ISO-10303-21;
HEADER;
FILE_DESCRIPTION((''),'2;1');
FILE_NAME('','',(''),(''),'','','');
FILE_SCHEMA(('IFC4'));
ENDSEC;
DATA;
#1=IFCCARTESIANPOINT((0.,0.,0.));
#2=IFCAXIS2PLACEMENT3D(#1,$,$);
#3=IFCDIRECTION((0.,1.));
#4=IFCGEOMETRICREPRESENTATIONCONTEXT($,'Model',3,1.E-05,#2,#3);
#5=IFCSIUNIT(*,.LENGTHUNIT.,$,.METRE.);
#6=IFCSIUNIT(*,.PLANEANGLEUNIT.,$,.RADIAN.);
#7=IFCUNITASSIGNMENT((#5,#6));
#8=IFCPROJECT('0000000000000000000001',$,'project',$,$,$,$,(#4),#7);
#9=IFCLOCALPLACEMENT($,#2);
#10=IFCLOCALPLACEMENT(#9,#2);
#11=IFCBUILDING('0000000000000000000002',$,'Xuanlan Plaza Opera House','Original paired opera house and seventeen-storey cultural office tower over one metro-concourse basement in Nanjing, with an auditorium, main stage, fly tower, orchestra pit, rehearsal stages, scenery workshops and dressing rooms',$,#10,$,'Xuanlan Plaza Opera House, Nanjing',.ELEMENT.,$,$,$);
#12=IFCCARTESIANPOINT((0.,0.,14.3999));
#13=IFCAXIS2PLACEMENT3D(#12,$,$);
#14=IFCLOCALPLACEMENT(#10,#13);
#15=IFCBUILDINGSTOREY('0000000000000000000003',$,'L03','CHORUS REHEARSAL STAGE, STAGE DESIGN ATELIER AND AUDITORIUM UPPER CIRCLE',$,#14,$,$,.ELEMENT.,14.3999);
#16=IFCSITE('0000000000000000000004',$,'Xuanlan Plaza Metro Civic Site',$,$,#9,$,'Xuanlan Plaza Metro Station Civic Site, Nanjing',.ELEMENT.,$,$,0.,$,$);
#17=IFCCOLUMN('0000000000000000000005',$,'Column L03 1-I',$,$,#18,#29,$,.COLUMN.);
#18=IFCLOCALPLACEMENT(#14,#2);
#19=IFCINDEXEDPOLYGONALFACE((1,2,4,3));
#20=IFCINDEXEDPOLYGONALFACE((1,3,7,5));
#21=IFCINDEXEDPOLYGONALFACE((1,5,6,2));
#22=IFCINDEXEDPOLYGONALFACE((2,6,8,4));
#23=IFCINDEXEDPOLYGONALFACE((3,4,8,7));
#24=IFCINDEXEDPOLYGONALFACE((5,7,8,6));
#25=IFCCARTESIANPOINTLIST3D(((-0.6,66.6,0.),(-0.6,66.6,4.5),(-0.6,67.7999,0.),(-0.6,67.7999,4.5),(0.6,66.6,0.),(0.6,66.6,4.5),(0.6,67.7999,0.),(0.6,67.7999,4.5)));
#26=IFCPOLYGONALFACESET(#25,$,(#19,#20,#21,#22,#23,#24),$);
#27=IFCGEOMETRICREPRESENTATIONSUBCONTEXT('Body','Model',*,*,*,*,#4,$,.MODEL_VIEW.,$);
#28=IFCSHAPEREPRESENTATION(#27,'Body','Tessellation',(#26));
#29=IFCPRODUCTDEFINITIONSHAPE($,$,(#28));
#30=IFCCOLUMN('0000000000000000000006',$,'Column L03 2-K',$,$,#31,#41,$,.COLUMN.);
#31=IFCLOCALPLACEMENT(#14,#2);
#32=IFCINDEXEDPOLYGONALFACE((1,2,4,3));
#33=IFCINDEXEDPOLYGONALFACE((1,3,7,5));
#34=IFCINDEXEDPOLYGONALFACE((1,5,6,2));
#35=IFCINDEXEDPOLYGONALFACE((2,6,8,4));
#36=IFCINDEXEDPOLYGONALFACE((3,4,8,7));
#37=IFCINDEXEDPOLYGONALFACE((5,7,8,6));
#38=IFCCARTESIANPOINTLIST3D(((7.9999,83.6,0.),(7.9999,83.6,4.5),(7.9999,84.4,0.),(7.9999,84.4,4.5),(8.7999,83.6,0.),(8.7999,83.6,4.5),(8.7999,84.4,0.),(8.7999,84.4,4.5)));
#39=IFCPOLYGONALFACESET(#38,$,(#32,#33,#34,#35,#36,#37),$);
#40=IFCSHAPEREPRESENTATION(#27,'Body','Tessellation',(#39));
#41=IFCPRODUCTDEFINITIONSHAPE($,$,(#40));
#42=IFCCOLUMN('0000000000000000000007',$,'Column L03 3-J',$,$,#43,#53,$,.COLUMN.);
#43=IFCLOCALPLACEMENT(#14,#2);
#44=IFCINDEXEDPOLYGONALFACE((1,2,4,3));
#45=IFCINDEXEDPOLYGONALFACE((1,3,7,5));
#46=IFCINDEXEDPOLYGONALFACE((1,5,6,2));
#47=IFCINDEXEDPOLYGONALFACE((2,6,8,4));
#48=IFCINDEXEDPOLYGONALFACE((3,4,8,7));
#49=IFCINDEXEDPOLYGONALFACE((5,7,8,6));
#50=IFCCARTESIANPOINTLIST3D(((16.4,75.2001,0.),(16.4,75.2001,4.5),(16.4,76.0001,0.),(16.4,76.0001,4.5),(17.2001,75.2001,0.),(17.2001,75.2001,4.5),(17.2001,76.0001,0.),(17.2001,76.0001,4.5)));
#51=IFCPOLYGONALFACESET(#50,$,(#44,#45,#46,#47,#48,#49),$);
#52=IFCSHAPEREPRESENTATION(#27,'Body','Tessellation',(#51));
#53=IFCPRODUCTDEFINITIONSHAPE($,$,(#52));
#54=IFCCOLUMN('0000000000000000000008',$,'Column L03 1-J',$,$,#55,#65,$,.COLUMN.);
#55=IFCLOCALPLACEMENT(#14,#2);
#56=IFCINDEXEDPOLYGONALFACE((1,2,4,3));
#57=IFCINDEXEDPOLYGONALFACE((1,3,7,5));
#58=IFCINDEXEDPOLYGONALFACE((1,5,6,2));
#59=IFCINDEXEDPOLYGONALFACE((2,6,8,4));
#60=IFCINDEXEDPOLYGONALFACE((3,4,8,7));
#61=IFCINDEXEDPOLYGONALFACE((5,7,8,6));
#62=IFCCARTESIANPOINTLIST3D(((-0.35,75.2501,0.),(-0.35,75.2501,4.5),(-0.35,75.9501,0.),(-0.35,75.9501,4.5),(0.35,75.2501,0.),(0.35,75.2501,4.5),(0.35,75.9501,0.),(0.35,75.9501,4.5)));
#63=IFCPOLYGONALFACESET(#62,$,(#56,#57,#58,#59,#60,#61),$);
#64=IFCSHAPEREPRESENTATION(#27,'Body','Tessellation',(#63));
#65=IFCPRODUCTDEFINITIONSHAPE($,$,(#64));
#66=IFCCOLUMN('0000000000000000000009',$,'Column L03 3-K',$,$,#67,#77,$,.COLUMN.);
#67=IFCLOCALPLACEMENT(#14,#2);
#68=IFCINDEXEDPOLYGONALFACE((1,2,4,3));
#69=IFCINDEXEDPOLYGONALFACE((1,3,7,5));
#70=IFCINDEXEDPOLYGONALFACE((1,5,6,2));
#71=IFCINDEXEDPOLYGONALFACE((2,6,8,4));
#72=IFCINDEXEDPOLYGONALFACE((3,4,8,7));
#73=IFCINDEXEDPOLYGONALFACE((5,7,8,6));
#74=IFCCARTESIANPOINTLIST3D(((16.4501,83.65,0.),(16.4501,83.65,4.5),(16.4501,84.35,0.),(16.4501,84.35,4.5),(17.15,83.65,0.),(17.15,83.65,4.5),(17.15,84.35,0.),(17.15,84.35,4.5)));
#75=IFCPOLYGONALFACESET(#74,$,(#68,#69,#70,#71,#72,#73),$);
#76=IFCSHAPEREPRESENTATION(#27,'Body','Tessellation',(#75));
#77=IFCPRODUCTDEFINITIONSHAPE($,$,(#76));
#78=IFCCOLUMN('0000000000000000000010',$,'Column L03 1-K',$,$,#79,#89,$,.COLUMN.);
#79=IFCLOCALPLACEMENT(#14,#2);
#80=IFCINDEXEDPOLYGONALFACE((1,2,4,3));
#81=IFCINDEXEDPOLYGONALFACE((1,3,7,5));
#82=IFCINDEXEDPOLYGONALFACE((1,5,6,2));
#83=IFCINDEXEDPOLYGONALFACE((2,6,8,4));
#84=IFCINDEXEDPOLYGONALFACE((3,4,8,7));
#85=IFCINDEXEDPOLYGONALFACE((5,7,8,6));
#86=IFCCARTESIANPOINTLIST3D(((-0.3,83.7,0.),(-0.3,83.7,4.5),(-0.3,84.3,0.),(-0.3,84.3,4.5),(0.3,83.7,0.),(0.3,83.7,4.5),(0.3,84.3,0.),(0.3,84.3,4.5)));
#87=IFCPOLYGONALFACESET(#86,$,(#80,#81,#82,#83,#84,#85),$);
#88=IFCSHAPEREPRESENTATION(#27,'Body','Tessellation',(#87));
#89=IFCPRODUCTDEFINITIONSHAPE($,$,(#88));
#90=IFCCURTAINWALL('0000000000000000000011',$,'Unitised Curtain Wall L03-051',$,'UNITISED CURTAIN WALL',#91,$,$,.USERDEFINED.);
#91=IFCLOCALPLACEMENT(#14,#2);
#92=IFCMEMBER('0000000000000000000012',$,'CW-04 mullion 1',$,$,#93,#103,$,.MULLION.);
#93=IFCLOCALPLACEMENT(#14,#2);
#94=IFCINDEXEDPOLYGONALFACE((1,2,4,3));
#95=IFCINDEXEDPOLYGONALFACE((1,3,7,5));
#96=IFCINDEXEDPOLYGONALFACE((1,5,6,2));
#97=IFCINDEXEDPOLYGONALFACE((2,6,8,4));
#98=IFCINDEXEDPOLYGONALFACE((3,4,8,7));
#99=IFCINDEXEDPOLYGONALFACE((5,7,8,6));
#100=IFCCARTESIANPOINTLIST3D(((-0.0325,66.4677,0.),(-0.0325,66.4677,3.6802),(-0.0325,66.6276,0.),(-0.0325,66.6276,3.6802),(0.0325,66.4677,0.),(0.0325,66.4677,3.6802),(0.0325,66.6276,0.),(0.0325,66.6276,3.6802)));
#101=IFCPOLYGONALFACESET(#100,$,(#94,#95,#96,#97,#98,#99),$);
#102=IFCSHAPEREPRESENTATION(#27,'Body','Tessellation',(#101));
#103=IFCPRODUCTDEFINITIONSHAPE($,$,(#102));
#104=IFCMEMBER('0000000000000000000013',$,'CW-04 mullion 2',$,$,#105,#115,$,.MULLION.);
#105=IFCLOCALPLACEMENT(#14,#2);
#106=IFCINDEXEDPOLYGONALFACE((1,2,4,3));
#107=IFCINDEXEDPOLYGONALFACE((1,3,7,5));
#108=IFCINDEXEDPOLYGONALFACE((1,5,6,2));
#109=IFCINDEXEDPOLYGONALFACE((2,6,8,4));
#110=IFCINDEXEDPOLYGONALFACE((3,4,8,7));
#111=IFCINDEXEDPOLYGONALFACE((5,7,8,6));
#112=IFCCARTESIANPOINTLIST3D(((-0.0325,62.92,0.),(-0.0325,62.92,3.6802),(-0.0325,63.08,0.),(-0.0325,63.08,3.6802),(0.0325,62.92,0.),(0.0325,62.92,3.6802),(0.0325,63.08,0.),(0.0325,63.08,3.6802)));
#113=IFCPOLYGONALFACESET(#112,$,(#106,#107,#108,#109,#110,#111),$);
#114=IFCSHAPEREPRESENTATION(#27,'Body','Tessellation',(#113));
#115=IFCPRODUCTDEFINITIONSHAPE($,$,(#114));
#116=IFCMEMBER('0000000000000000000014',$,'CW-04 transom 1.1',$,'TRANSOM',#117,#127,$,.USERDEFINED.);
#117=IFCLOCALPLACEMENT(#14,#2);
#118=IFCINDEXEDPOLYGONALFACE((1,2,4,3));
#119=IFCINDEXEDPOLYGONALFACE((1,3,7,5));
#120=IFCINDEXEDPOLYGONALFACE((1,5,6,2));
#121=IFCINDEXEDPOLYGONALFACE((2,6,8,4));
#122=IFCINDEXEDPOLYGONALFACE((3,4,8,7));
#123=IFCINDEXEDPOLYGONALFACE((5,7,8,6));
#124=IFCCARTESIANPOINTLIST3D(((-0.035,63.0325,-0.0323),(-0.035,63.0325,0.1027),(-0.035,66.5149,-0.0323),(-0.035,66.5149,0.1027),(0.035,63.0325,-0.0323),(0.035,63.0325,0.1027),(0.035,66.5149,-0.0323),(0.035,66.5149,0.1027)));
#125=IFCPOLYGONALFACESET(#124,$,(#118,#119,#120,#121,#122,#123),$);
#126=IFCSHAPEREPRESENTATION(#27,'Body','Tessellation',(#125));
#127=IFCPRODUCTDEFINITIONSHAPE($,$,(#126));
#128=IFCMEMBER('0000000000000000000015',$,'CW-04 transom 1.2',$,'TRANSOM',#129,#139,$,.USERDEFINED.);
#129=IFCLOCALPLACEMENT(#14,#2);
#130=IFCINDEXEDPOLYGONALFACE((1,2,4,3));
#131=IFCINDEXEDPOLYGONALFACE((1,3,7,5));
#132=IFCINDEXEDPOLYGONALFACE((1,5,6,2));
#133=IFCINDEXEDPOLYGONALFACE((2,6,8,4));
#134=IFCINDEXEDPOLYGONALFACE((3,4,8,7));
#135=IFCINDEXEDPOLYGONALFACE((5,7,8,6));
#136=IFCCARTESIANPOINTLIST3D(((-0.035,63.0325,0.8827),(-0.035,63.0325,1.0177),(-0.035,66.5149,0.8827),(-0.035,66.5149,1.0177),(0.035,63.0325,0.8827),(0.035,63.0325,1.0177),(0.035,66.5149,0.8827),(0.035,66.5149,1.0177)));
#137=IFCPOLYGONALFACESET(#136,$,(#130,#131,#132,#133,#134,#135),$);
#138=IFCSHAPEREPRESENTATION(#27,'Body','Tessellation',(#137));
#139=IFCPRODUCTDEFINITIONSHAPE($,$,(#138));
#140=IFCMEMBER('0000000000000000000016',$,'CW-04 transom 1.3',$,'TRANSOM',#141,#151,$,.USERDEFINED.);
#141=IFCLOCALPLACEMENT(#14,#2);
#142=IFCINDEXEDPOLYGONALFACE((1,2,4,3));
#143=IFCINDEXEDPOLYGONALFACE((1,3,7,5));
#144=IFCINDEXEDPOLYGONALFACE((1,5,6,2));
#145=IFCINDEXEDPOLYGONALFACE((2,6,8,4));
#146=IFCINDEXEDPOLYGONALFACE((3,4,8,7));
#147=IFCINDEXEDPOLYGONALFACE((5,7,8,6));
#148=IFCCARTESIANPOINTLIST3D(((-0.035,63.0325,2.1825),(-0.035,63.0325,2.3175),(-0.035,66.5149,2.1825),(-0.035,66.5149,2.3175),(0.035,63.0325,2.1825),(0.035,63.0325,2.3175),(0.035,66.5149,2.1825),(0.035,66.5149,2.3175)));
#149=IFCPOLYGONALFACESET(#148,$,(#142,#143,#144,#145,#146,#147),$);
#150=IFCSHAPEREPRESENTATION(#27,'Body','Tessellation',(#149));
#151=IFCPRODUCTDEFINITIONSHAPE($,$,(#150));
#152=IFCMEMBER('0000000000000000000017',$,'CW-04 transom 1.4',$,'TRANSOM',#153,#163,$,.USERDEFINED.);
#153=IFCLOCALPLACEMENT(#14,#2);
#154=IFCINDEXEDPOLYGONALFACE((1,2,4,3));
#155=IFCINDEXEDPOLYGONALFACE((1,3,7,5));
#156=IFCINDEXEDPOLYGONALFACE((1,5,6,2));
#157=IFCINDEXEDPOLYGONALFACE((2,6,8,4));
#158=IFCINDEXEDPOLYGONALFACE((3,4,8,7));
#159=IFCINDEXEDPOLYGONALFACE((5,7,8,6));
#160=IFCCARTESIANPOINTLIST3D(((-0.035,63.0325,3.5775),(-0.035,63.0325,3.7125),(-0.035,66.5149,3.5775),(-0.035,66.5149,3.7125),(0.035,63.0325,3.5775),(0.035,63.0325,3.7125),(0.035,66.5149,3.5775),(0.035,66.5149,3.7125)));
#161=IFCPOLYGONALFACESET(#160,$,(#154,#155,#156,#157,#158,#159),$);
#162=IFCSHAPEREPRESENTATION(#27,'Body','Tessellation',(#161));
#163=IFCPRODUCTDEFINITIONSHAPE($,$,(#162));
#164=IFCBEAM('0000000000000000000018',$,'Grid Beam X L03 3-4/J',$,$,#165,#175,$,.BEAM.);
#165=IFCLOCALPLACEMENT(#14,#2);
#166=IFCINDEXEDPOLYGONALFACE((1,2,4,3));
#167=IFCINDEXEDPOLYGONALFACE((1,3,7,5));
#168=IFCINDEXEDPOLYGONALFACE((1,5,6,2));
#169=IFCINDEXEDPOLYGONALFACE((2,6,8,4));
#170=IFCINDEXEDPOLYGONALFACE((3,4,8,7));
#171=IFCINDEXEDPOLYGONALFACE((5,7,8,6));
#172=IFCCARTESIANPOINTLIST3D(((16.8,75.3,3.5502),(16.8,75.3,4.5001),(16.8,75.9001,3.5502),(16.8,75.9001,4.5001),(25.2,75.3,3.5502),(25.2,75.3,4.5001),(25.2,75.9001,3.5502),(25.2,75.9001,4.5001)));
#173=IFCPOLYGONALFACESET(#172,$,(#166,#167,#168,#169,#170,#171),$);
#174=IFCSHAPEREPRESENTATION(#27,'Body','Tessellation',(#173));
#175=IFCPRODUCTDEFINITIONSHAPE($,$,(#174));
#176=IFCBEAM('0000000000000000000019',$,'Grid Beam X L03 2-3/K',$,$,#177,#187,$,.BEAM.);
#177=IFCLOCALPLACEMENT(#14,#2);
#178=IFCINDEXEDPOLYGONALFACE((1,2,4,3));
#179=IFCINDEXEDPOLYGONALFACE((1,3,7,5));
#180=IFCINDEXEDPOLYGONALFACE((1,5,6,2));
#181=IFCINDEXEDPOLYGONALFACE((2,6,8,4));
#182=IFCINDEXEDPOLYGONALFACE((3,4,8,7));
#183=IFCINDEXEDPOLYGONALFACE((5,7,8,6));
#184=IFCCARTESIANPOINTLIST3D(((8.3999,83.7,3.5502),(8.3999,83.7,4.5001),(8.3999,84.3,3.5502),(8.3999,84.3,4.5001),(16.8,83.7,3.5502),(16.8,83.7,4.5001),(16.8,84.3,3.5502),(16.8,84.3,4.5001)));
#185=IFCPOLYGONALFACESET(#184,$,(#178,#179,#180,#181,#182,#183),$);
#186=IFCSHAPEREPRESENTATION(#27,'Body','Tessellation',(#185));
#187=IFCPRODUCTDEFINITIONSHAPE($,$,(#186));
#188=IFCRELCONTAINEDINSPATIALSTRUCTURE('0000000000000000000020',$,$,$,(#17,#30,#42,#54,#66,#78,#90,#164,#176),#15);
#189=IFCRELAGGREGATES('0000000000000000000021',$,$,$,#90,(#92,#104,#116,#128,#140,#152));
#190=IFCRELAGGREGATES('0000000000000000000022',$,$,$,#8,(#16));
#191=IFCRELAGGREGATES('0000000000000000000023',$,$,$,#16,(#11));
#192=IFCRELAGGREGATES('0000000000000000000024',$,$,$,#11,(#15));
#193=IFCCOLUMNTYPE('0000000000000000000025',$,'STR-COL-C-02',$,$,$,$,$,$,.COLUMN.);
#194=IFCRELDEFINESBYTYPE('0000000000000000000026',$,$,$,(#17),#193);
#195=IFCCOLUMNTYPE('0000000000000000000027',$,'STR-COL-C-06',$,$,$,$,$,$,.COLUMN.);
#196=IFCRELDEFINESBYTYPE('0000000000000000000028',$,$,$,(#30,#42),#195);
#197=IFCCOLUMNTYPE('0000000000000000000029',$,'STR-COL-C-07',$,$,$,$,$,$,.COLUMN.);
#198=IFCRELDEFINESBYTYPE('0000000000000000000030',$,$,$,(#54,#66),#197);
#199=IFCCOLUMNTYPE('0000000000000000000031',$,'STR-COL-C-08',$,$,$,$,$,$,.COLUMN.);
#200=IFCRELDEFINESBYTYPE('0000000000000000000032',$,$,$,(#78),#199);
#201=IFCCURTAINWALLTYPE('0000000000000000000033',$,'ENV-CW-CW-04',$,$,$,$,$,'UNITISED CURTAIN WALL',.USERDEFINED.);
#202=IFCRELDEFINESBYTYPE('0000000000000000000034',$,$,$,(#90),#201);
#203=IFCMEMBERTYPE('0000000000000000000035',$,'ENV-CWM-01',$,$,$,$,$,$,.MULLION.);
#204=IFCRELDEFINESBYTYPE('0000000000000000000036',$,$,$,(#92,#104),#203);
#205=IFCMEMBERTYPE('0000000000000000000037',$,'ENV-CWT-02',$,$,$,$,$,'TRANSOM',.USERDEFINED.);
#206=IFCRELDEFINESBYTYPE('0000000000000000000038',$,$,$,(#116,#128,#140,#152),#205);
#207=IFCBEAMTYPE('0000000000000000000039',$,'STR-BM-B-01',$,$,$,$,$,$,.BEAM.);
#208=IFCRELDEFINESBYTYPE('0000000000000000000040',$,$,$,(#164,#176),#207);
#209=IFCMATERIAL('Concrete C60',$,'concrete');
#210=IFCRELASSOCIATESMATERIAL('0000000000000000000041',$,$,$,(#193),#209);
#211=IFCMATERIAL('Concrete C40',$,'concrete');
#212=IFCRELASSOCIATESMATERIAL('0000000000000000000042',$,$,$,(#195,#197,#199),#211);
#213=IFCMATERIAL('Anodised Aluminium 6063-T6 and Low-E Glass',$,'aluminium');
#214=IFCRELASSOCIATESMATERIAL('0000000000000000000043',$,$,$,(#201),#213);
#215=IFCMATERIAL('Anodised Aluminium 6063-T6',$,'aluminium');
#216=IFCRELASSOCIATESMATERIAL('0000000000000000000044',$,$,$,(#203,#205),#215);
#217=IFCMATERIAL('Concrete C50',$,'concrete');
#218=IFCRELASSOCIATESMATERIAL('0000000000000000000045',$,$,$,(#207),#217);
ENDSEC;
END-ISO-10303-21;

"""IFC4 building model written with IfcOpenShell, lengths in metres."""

from ifc_helpers import new_model, si_unit, direction, frame, origin, origin_2d, place, context, subcontext, project, spatial, rectangle, extrude, material, material_profile, profile_set, type_object, element, aggregate, save


model = new_model("IFC4")

# Units and contexts
model_context = context("Model", 3, precision=1e-05, world=origin(), true_north=direction((0.0, 1.0)))
body_context = subcontext(model_context, "Body", "Model", "MODEL_VIEW")
ifc_project = project(units=[si_unit("LENGTHUNIT", "METRE"), si_unit("PLANEANGLEUNIT", "RADIAN")], contexts=[model_context])

# Site, building, storey
site_placement = place(None, origin())
site = spatial("IfcSite", under=ifc_project, at=site_placement, Name="Xuanlan Plaza Metro Civic Site", LongName="Xuanlan Plaza Metro Station Civic Site, Nanjing", CompositionType="ELEMENT", RefElevation=0.0)
building_placement = place(site_placement, origin())
building = spatial("IfcBuilding", under=site, at=building_placement, Name="Xuanlan Plaza Opera House", Description="Original paired opera house and seventeen-storey cultural office tower over one metro-concourse basement in Nanjing, with an auditorium, main stage, fly tower, orchestra pit, rehearsal stages, scenery workshops and dressing rooms", LongName="Xuanlan Plaza Opera House, Nanjing", CompositionType="ELEMENT")
storey_placement = place(building_placement, frame((0.0, 0.0, 14.3999)))
storey = spatial("IfcBuildingStorey", under=building, at=storey_placement, Name="L03", Description="CHORUS REHEARSAL STAGE, STAGE DESIGN ATELIER AND AUDITORIUM UPPER CIRCLE", CompositionType="ELEMENT", Elevation=14.3999)

# Columns
ifc_material_1 = material(Name="Concrete C60", Category="concrete")
ifc_material_profile_1 = material_profile(ifc_material_1, rectangle(XDim=1.2, YDim=1.2, at=origin_2d()), Name="RC-COL 1200x1200")
ifc_profile_set_1 = profile_set([ifc_material_profile_1], Name="Concrete C60")
column_type_1 = type_object("IfcColumnType", Name="STR-COL-C-02", PredefinedType="COLUMN", material=ifc_profile_set_1)
column_1_placement = place(storey_placement, frame((0.0, 67.2, 0.0), z_axis=(0.0, 0.0, 1.0), x_axis=(1.0, 0.0, 0.0)))
element("IfcColumn", 1, at=column_1_placement, inside=storey, type_object=column_type_1, Name="Column L03 1-I", PredefinedType="COLUMN", context=body_context, shape_type="SweptSolid", body=[
    extrude(rectangle(XDim=1.2, YDim=1.2, at=origin_2d()), origin(), (0.0, 0.0, 1.0), 4.5),
])
ifc_material_2 = material(Name="Concrete C40", Category="concrete")
ifc_material_profile_2 = material_profile(ifc_material_2, rectangle(XDim=0.8, YDim=0.8, at=origin_2d()), Name="RC-COL 800x800")
ifc_profile_set_2 = profile_set([ifc_material_profile_2], Name="Concrete C40")
column_type_2 = type_object("IfcColumnType", Name="STR-COL-C-06", PredefinedType="COLUMN", material=ifc_profile_set_2)
for number, where, z_axis, x_axis, name in (
    (2, (8.3999, 84.0, 0.0), (0.0, 0.0, 1.0), (1.0, 0.0, 0.0), "Column L03 2-K"),
    (3, (16.8, 75.6001, 0.0), (0.0, 0.0, 1.0), (1.0, 0.0, 0.0), "Column L03 3-J"),
):
    element("IfcColumn", number, at=place(storey_placement, frame(where, z_axis=z_axis, x_axis=x_axis)), inside=storey, type_object=column_type_2, Name=name, PredefinedType="COLUMN", context=body_context, shape_type="SweptSolid", body=[
        extrude(rectangle(XDim=0.8, YDim=0.8, at=origin_2d()), origin(), (0.0, 0.0, 1.0), 4.5),
    ])
ifc_material_profile_3 = material_profile(ifc_material_2, rectangle(XDim=0.7, YDim=0.7, at=origin_2d()), Name="RC-COL 700x700")
ifc_profile_set_3 = profile_set([ifc_material_profile_3], Name="Concrete C40")
column_type_3 = type_object("IfcColumnType", Name="STR-COL-C-07", PredefinedType="COLUMN", material=ifc_profile_set_3)
for number, where, z_axis, x_axis, name in (
    (4, (0.0, 75.6001, 0.0), (0.0, 0.0, 1.0), (1.0, 0.0, 0.0), "Column L03 1-J"),
    (5, (16.8, 84.0, 0.0), (0.0, 0.0, 1.0), (1.0, 0.0, 0.0), "Column L03 3-K"),
):
    element("IfcColumn", number, at=place(storey_placement, frame(where, z_axis=z_axis, x_axis=x_axis)), inside=storey, type_object=column_type_3, Name=name, PredefinedType="COLUMN", context=body_context, shape_type="SweptSolid", body=[
        extrude(rectangle(XDim=0.7, YDim=0.7, at=origin_2d()), origin(), (0.0, 0.0, 1.0), 4.5),
    ])
ifc_material_profile_4 = material_profile(ifc_material_2, rectangle(XDim=0.6001, YDim=0.6001, at=origin_2d()), Name="RC-COL 600x600")
ifc_profile_set_4 = profile_set([ifc_material_profile_4], Name="Concrete C40")
column_type_4 = type_object("IfcColumnType", Name="STR-COL-C-08", PredefinedType="COLUMN", material=ifc_profile_set_4)
column_2_placement = place(storey_placement, frame((0.0, 84.0, 0.0), z_axis=(0.0, 0.0, 1.0), x_axis=(1.0, 0.0, 0.0)))
element("IfcColumn", 6, at=column_2_placement, inside=storey, type_object=column_type_4, Name="Column L03 1-K", PredefinedType="COLUMN", context=body_context, shape_type="SweptSolid", body=[
    extrude(rectangle(XDim=0.6001, YDim=0.6001, at=origin_2d()), origin(), (0.0, 0.0, 1.0), 4.5),
])

# Curtain wall, members
ifc_material_3 = material(Name="Anodised Aluminium 6063-T6 and Low-E Glass", Category="aluminium")
curtain_wall_type = type_object("IfcCurtainWallType", Name="ENV-CW-CW-04", ElementType="UNITISED CURTAIN WALL", PredefinedType="USERDEFINED", material=ifc_material_3)
curtain_wall_placement = place(storey_placement, origin())
curtain_wall = element("IfcCurtainWall", 7, at=curtain_wall_placement, inside=storey, type_object=curtain_wall_type, Name="Unitised Curtain Wall L03-051", ObjectType="UNITISED CURTAIN WALL", PredefinedType="USERDEFINED")
ifc_material_4 = material(Name="Anodised Aluminium 6063-T6", Category="aluminium")
ifc_material_profile_5 = material_profile(ifc_material_4, rectangle(XDim=0.0649, YDim=0.1599, at=origin_2d()), Name="ALU-M 65x160")
ifc_profile_set_5 = profile_set([ifc_material_profile_5], Name="Anodised Aluminium 6063-T6")
member_type_1 = type_object("IfcMemberType", Name="ENV-CWM-01", PredefinedType="MULLION", material=ifc_profile_set_5)
member_1_placement = place(storey_placement, frame((0.0, 66.5476, 0.0), z_axis=(0.0, 0.0, 1.0), x_axis=(1.0, 0.0, 0.0)))
member_1 = element("IfcMember", 8, at=member_1_placement, type_object=member_type_1, Name="CW-04 mullion 1", PredefinedType="MULLION", context=body_context, shape_type="SweptSolid", body=[
    extrude(rectangle(XDim=0.0649, YDim=0.1599, at=origin_2d()), origin(), (0.0, 0.0, 1.0), 3.6802),
])
member_2_placement = place(storey_placement, frame((0.0, 63.0, 0.0), z_axis=(0.0, 0.0, 1.0), x_axis=(1.0, 0.0, 0.0)))
member_2 = element("IfcMember", 9, at=member_2_placement, type_object=member_type_1, Name="CW-04 mullion 2", PredefinedType="MULLION", context=body_context, shape_type="SweptSolid", body=[
    extrude(rectangle(XDim=0.0649, YDim=0.1599, at=origin_2d()), origin(), (0.0, 0.0, 1.0), 3.6802),
])
ifc_material_profile_6 = material_profile(ifc_material_4, rectangle(XDim=0.0701, YDim=0.135, at=origin_2d()), Name="ALU-T 70x135")
ifc_profile_set_6 = profile_set([ifc_material_profile_6], Name="Anodised Aluminium 6063-T6")
member_type_2 = type_object("IfcMemberType", Name="ENV-CWT-02", ElementType="TRANSOM", PredefinedType="USERDEFINED", material=ifc_profile_set_6)
member_3_placement = place(storey_placement, frame((0.0, 66.5149, 0.0352), z_axis=(0.0, -1.0, 0.0), x_axis=(1.0, 0.0, 0.0)))
member_3 = element("IfcMember", 10, at=member_3_placement, type_object=member_type_2, Name="CW-04 transom 1.1", ObjectType="TRANSOM", PredefinedType="USERDEFINED", context=body_context, shape_type="SweptSolid", body=[
    extrude(rectangle(XDim=0.0701, YDim=0.135, at=origin_2d()), origin(), (0.0, 0.0, 1.0), 3.4824),
])
member_4_placement = place(storey_placement, frame((0.0, 66.5149, 0.9502), z_axis=(0.0, -1.0, 0.0), x_axis=(1.0, 0.0, 0.0)))
member_4 = element("IfcMember", 11, at=member_4_placement, type_object=member_type_2, Name="CW-04 transom 1.2", ObjectType="TRANSOM", PredefinedType="USERDEFINED", context=body_context, shape_type="SweptSolid", body=[
    extrude(rectangle(XDim=0.0701, YDim=0.135, at=origin_2d()), origin(), (0.0, 0.0, 1.0), 3.4824),
])
member_5_placement = place(storey_placement, frame((0.0, 66.5149, 2.25), z_axis=(0.0, -1.0, 0.0), x_axis=(1.0, 0.0, 0.0)))
member_5 = element("IfcMember", 12, at=member_5_placement, type_object=member_type_2, Name="CW-04 transom 1.3", ObjectType="TRANSOM", PredefinedType="USERDEFINED", context=body_context, shape_type="SweptSolid", body=[
    extrude(rectangle(XDim=0.0701, YDim=0.135, at=origin_2d()), origin(), (0.0, 0.0, 1.0), 3.4824),
])
member_6_placement = place(storey_placement, frame((0.0, 66.5149, 3.645), z_axis=(0.0, -1.0, 0.0), x_axis=(1.0, 0.0, 0.0)))
member_6 = element("IfcMember", 13, at=member_6_placement, type_object=member_type_2, Name="CW-04 transom 1.4", ObjectType="TRANSOM", PredefinedType="USERDEFINED", context=body_context, shape_type="SweptSolid", body=[
    extrude(rectangle(XDim=0.0701, YDim=0.135, at=origin_2d()), origin(), (0.0, 0.0, 1.0), 3.4824),
])

# Beams
ifc_material_5 = material(Name="Concrete C50", Category="concrete")
ifc_material_profile_7 = material_profile(ifc_material_5, rectangle(XDim=0.6001, YDim=0.95, at=origin_2d()), Name="RC-BM 600x950")
ifc_profile_set_7 = profile_set([ifc_material_profile_7], Name="Concrete C50")
beam_type_1 = type_object("IfcBeamType", Name="STR-BM-B-01", PredefinedType="BEAM", material=ifc_profile_set_7)
beam_1_placement = place(storey_placement, frame((16.8, 75.6001, 4.0251), z_axis=(1.0, 0.0, 0.0), x_axis=(0.0, 1.0, 0.0)))
element("IfcBeam", 14, at=beam_1_placement, inside=storey, type_object=beam_type_1, Name="Grid Beam X L03 3-4/J", PredefinedType="BEAM", context=body_context, shape_type="SweptSolid", body=[
    extrude(rectangle(XDim=0.6001, YDim=0.95, at=origin_2d()), origin(), (0.0, 0.0, 1.0), 8.3999),
])
beam_2_placement = place(storey_placement, frame((8.3999, 84.0, 4.0251), z_axis=(1.0, 0.0, 0.0), x_axis=(0.0, 1.0, 0.0)))
element("IfcBeam", 15, at=beam_2_placement, inside=storey, type_object=beam_type_1, Name="Grid Beam X L03 2-3/K", PredefinedType="BEAM", context=body_context, shape_type="SweptSolid", body=[
    extrude(rectangle(XDim=0.6001, YDim=0.95, at=origin_2d()), origin(), (0.0, 0.0, 1.0), 8.4001),
])

aggregate(curtain_wall, [member_1, member_2, member_3, member_4, member_5, member_6])

save(model, "model.ifc")
